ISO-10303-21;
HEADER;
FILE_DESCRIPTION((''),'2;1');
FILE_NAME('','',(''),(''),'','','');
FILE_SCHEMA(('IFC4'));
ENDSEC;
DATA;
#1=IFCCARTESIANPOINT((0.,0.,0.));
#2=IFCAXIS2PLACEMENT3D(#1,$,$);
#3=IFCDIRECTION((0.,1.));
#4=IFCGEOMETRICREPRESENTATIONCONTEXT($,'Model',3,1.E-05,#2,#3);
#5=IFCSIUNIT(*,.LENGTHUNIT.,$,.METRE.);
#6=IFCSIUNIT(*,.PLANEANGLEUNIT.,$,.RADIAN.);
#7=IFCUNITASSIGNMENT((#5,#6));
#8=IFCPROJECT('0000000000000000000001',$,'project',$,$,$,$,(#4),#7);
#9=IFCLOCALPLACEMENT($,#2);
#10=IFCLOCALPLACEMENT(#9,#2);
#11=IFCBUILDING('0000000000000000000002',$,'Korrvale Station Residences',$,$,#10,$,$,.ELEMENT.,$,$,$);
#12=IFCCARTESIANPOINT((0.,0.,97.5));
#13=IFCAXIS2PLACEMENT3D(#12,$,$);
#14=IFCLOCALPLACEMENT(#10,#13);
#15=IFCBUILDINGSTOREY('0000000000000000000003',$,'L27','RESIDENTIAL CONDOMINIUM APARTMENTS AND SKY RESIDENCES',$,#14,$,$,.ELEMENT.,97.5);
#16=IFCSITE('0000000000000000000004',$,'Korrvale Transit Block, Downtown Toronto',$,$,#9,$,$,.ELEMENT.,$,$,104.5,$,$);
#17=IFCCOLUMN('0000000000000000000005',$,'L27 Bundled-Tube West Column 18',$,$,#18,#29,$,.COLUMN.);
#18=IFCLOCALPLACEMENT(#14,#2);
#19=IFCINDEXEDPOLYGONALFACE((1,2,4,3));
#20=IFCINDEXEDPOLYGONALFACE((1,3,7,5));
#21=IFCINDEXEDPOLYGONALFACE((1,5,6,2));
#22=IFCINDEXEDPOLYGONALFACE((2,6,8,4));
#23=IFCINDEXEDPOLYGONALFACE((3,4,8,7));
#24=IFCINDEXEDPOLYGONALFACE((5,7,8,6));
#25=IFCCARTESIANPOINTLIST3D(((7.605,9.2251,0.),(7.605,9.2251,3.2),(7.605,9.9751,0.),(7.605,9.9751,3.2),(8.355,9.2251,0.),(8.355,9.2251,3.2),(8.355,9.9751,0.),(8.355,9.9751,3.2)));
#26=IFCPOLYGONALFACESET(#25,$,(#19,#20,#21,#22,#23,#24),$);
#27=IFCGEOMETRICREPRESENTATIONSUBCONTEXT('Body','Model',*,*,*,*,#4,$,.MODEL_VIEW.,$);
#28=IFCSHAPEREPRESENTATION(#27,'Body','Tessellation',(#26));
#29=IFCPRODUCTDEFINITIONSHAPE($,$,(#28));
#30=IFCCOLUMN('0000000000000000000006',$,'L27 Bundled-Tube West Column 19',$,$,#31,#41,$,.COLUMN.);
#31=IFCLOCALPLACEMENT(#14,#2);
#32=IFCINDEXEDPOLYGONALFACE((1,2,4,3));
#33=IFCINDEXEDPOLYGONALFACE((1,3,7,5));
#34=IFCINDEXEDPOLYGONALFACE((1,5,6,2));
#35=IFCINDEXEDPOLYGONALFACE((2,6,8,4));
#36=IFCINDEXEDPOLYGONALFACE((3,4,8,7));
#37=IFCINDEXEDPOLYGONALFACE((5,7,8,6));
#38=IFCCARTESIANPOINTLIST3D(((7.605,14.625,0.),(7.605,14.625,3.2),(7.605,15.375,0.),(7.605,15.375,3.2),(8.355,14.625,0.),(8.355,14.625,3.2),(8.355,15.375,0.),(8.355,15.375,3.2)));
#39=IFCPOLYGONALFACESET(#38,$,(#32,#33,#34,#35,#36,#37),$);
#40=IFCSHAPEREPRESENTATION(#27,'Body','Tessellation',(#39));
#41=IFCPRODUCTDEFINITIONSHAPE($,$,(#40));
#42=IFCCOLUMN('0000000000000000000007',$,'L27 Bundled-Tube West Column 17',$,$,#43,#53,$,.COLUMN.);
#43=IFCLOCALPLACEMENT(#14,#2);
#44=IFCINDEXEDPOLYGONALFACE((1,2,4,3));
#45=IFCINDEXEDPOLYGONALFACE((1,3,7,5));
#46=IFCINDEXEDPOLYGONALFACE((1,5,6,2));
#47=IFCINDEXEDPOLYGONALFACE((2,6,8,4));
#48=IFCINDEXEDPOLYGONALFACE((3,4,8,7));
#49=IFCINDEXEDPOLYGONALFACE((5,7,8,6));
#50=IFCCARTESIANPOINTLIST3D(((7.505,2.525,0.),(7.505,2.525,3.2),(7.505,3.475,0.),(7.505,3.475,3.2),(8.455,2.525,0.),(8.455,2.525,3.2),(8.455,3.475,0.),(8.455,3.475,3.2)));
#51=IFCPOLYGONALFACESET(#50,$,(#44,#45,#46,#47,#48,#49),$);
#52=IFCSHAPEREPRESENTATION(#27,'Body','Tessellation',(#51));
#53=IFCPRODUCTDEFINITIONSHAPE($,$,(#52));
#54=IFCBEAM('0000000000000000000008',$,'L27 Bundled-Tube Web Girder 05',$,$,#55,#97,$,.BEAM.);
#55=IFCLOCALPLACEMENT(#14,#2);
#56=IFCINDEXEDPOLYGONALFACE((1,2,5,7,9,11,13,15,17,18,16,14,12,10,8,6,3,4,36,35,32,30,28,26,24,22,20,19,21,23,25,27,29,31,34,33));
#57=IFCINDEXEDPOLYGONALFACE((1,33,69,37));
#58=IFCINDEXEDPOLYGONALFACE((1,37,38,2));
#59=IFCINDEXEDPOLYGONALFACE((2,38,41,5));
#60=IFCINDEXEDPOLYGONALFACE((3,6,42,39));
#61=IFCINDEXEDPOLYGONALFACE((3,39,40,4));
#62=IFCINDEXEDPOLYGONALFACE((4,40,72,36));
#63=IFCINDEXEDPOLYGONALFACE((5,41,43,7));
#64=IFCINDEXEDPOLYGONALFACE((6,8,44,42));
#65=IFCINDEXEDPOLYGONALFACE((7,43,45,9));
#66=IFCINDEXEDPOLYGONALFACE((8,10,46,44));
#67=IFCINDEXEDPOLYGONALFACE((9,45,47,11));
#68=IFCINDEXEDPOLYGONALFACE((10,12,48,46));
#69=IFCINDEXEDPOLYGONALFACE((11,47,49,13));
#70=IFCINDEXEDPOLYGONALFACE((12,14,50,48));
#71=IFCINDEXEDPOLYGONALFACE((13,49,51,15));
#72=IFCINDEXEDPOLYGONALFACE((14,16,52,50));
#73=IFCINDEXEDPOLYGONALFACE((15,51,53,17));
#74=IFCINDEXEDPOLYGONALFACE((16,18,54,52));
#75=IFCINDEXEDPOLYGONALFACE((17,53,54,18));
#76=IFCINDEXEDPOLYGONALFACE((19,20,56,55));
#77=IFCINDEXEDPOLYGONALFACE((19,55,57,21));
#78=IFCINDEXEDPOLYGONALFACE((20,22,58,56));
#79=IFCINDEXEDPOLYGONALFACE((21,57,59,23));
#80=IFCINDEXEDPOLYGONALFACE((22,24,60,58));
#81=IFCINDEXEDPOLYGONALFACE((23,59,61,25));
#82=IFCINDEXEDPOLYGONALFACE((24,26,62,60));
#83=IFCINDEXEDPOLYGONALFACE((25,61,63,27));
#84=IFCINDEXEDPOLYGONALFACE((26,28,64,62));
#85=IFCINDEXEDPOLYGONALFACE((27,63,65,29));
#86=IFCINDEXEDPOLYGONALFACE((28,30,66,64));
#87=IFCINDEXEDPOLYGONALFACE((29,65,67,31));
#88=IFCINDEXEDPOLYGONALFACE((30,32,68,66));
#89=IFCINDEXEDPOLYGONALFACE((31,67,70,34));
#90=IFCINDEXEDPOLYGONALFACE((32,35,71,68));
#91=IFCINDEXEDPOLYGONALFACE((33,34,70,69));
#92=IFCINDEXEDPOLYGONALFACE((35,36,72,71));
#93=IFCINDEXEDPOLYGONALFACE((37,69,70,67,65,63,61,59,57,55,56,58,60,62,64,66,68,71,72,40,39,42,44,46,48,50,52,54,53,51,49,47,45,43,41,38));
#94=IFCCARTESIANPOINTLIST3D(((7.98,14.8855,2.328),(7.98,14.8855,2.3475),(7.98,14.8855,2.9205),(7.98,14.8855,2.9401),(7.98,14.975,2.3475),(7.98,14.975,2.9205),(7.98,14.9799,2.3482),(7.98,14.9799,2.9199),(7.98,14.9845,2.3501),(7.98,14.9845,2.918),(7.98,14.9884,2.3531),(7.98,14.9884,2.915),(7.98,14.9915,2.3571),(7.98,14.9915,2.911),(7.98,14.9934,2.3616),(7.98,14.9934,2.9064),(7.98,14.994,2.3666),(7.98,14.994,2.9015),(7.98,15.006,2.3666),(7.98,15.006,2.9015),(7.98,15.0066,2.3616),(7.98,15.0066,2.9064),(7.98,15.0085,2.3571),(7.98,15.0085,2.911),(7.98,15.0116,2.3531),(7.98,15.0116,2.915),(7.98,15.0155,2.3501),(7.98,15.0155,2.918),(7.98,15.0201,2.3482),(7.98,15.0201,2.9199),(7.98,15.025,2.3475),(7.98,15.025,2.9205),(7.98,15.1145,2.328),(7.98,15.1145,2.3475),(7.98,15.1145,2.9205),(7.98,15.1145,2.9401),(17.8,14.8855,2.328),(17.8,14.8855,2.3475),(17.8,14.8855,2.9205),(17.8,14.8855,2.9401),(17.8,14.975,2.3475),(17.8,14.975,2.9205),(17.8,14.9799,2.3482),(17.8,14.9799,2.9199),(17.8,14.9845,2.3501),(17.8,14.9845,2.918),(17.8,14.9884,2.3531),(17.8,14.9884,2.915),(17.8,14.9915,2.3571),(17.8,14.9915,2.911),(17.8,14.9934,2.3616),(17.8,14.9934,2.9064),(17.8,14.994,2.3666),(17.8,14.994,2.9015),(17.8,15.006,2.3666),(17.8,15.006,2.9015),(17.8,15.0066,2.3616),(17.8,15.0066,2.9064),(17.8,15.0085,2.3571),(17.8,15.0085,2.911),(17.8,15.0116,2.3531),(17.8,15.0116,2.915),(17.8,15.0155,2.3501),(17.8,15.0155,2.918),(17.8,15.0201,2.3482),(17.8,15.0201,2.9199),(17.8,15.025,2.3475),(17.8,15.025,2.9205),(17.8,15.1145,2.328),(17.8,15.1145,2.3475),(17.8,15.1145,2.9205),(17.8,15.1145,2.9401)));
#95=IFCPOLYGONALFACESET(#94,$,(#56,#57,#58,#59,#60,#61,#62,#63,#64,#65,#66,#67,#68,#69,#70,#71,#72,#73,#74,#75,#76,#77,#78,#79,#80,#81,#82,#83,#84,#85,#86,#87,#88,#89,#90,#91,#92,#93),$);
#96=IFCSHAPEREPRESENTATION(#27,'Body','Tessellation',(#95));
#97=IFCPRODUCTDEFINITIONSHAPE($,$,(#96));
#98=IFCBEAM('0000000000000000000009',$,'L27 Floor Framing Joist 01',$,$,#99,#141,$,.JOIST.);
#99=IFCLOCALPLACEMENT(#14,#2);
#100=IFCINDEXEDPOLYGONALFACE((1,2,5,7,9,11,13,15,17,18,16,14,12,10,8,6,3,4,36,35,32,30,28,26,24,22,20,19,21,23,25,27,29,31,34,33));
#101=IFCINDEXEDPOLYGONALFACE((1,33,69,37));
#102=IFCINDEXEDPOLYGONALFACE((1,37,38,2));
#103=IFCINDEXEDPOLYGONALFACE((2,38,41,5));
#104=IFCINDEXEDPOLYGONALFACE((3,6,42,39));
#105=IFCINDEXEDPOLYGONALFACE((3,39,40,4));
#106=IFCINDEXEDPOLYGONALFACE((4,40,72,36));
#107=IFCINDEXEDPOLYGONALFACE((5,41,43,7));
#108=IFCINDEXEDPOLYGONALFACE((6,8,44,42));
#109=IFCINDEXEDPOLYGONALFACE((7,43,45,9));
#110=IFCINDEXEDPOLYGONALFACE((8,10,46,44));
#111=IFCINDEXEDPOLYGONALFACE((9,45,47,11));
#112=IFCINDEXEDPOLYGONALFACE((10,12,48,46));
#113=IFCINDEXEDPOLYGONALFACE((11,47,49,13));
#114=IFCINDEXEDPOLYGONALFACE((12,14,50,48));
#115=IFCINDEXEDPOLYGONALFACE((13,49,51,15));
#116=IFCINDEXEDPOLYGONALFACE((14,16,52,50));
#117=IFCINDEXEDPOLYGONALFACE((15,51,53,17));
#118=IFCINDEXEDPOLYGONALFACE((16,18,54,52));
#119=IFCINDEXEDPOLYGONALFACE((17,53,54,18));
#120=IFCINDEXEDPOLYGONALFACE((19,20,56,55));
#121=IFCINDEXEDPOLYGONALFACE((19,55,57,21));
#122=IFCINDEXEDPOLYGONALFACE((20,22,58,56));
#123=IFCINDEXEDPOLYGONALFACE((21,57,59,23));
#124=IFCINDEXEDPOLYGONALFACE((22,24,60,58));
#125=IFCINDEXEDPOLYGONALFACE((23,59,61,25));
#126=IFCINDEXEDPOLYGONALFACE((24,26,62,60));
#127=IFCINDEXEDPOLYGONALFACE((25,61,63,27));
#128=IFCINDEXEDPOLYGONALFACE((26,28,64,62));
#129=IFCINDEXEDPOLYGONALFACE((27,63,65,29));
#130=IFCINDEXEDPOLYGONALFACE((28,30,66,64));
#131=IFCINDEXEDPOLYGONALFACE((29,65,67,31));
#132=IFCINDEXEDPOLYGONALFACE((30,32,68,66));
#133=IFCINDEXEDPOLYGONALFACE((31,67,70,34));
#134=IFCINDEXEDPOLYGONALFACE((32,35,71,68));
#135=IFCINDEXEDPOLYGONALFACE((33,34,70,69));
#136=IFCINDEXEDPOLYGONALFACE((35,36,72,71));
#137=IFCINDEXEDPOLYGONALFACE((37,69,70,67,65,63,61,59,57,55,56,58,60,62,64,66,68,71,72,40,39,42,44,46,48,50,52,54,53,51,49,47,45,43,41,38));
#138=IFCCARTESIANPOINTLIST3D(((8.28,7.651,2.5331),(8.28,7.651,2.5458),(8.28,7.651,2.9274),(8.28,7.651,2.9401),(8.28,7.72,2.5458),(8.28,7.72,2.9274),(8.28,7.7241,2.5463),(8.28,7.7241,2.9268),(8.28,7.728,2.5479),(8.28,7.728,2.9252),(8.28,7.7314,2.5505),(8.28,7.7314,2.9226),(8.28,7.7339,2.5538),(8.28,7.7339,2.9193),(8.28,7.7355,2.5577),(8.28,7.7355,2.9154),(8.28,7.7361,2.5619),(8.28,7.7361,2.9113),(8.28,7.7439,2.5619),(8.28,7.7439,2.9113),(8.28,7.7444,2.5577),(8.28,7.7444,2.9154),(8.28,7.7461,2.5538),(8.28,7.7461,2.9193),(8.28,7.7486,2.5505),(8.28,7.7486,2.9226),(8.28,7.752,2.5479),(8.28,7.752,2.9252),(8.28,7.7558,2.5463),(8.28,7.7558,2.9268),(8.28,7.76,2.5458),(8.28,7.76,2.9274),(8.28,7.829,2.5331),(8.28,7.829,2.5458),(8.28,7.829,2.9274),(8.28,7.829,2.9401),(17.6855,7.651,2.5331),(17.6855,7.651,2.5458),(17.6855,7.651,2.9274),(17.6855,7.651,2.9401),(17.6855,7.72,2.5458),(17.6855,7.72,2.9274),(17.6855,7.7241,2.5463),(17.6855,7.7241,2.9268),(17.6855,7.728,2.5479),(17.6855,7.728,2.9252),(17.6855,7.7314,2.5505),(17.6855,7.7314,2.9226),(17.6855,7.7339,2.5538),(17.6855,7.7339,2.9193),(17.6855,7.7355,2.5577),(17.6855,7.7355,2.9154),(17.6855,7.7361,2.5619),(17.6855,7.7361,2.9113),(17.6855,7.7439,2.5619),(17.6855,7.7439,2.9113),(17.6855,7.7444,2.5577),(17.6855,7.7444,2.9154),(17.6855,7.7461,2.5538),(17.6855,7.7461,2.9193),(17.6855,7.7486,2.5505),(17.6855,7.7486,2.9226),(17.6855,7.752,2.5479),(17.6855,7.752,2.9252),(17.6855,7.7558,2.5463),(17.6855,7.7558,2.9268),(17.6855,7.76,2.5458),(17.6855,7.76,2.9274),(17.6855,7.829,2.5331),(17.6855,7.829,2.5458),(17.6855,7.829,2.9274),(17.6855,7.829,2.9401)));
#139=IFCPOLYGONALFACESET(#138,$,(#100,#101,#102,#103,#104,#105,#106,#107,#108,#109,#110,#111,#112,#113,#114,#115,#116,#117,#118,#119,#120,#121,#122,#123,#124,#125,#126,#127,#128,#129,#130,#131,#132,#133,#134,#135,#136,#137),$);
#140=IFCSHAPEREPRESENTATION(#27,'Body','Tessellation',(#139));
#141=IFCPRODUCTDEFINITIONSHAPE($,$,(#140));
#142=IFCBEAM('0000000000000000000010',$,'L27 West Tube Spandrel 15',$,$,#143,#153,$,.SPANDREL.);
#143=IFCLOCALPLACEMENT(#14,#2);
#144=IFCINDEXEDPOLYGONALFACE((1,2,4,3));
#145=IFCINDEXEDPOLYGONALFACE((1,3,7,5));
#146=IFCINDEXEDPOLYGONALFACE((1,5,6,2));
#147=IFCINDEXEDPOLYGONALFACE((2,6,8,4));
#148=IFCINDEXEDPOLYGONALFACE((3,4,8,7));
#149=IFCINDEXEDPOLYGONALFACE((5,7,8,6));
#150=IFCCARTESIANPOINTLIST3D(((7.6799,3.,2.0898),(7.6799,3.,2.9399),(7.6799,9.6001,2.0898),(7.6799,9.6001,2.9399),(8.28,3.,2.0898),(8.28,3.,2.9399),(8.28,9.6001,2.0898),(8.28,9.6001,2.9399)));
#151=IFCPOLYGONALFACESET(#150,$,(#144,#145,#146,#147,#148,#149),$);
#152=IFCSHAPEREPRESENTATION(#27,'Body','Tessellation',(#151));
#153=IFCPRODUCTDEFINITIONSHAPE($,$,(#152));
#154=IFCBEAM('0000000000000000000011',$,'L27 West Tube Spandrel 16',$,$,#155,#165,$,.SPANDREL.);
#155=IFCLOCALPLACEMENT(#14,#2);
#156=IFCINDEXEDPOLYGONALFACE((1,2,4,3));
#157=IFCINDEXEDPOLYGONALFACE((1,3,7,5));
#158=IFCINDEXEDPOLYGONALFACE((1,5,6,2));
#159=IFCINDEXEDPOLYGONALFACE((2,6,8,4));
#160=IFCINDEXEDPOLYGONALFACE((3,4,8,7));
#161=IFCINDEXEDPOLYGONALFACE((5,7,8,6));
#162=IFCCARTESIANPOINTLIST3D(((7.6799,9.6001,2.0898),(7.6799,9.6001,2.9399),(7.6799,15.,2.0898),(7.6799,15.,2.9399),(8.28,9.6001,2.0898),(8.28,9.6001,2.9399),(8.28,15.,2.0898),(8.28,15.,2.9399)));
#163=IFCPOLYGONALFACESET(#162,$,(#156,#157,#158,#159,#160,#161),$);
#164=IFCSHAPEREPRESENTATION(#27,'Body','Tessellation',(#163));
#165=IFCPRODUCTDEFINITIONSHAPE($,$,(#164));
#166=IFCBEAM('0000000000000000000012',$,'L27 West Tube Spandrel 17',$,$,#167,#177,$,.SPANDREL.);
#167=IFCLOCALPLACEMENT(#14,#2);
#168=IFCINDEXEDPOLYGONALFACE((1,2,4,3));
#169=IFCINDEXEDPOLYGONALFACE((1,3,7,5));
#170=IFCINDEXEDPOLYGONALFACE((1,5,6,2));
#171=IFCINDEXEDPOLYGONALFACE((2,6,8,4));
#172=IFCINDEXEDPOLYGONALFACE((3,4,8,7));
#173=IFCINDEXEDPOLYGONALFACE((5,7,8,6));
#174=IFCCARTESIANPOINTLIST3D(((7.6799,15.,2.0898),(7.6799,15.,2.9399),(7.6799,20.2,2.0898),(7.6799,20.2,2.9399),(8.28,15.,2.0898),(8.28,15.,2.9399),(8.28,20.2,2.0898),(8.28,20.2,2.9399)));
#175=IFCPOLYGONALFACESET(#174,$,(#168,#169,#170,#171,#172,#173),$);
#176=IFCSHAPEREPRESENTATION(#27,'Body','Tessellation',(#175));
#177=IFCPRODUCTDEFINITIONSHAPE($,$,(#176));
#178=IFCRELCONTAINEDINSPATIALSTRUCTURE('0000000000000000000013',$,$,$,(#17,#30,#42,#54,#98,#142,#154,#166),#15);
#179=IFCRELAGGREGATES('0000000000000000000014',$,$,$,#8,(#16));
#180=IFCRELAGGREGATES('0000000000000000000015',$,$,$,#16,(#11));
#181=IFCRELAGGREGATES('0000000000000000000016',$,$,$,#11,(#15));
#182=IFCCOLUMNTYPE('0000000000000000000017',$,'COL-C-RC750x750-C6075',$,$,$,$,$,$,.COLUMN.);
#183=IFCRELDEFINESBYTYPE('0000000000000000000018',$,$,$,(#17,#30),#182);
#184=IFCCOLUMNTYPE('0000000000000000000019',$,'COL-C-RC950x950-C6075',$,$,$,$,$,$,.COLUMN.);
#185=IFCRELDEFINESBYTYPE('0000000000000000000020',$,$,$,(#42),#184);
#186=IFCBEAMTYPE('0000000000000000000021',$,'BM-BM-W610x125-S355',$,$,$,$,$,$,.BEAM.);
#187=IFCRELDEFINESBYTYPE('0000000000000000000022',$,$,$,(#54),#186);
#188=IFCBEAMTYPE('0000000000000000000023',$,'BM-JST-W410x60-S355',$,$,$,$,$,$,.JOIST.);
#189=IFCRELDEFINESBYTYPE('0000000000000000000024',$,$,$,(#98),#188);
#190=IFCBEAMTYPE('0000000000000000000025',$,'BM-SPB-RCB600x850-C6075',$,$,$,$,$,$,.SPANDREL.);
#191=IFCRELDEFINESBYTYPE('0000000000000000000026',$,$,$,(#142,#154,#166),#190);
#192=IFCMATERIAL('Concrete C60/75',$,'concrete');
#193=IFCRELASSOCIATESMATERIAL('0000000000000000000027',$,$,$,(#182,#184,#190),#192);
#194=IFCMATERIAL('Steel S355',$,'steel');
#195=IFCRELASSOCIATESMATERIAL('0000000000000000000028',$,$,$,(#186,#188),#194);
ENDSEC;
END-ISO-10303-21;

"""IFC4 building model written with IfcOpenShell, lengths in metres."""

from ifc_helpers import new_model, si_unit, direction, frame, origin, origin_2d, place, context, subcontext, project, spatial, rectangle, i_section, extrude, material, material_profile, profile_set, type_object, element, save


model = new_model("IFC4")

# Units and contexts
model_context = context("Model", 3, precision=1e-05, world=origin(), true_north=direction((0.0, 1.0)))
body_context = subcontext(model_context, "Body", "Model", "MODEL_VIEW")
ifc_project = project(units=[si_unit("LENGTHUNIT", "METRE"), si_unit("PLANEANGLEUNIT", "RADIAN")], contexts=[model_context])

# Site, building, storey
site_placement = place(None, origin())
site = spatial("IfcSite", under=ifc_project, at=site_placement, Name="Korrvale Transit Block, Downtown Toronto", CompositionType="ELEMENT", RefElevation=104.5)
building_placement = place(site_placement, origin())
building = spatial("IfcBuilding", under=site, at=building_placement, Name="Korrvale Station Residences", CompositionType="ELEMENT")
storey_placement = place(building_placement, frame((0.0, 0.0, 97.5)))
storey = spatial("IfcBuildingStorey", under=building, at=storey_placement, Name="L27", Description="RESIDENTIAL CONDOMINIUM APARTMENTS AND SKY RESIDENCES", CompositionType="ELEMENT", Elevation=97.5)

# Columns
ifc_material_1 = material(Name="Concrete C60/75", Category="concrete")
ifc_material_profile_1 = material_profile(ifc_material_1, rectangle(XDim=0.75, YDim=0.75, at=origin_2d()), Name="RC750x750")
ifc_profile_set_1 = profile_set([ifc_material_profile_1], Name="Concrete C60/75")
column_type_1 = type_object("IfcColumnType", Name="COL-C-RC750x750-C6075", PredefinedType="COLUMN", material=ifc_profile_set_1)
for number, where, z_axis, x_axis, name in (
    (1, (7.98, 9.6001, 0.0), (0.0, 0.0, 1.0), (1.0, 0.0, 0.0), "L27 Bundled-Tube West Column 18"),
    (2, (7.98, 15.0, 0.0), (0.0, 0.0, 1.0), (1.0, 0.0, 0.0), "L27 Bundled-Tube West Column 19"),
):
    element("IfcColumn", number, at=place(storey_placement, frame(where, z_axis=z_axis, x_axis=x_axis)), inside=storey, type_object=column_type_1, Name=name, PredefinedType="COLUMN", context=body_context, shape_type="SweptSolid", body=[
        extrude(rectangle(XDim=0.75, YDim=0.75, at=origin_2d()), origin(), (0.0, 0.0, 1.0), 3.2),
    ])
ifc_material_profile_2 = material_profile(ifc_material_1, rectangle(XDim=0.95, YDim=0.95, at=origin_2d()), Name="RC950x950")
ifc_profile_set_2 = profile_set([ifc_material_profile_2], Name="Concrete C60/75")
column_type_2 = type_object("IfcColumnType", Name="COL-C-RC950x950-C6075", PredefinedType="COLUMN", material=ifc_profile_set_2)
column_placement = place(storey_placement, frame((7.98, 3.0, 0.0), z_axis=(0.0, 0.0, 1.0), x_axis=(1.0, 0.0, 0.0)))
element("IfcColumn", 3, at=column_placement, inside=storey, type_object=column_type_2, Name="L27 Bundled-Tube West Column 17", PredefinedType="COLUMN", context=body_context, shape_type="SweptSolid", body=[
    extrude(rectangle(XDim=0.95, YDim=0.95, at=origin_2d()), origin(), (0.0, 0.0, 1.0), 3.2),
])

# Beams
ifc_material_2 = material(Name="Steel S355", Category="steel")
ifc_material_profile_3 = material_profile(ifc_material_2, i_section(OverallWidth=0.229, OverallDepth=0.6121, WebThickness=0.012, FlangeThickness=0.0195, FilletRadius=0.019, at=origin_2d()), Name="W610x125")
ifc_profile_set_3 = profile_set([ifc_material_profile_3], Name="Steel S355")
beam_type_1 = type_object("IfcBeamType", Name="BM-BM-W610x125-S355", PredefinedType="BEAM", material=ifc_profile_set_3)
beam_1_placement = place(storey_placement, frame((7.98, 15.0, 2.634), z_axis=(1.0, 0.0, 0.0), x_axis=(0.0, 1.0, 0.0)))
element("IfcBeam", 4, at=beam_1_placement, inside=storey, type_object=beam_type_1, Name="L27 Bundled-Tube Web Girder 05", PredefinedType="BEAM", context=body_context, shape_type="SweptSolid", body=[
    extrude(i_section(OverallWidth=0.229, OverallDepth=0.6121, WebThickness=0.012, FlangeThickness=0.0195, FilletRadius=0.019, at=origin_2d()), origin(), (0.0, 0.0, 1.0), 9.8201),
])
ifc_material_profile_4 = material_profile(ifc_material_2, i_section(OverallWidth=0.178, OverallDepth=0.407, WebThickness=0.0078, FlangeThickness=0.0127, FilletRadius=0.0161, at=origin_2d()), Name="W410x60")
ifc_profile_set_4 = profile_set([ifc_material_profile_4], Name="Steel S355")
beam_type_2 = type_object("IfcBeamType", Name="BM-JST-W410x60-S355", PredefinedType="JOIST", material=ifc_profile_set_4)
beam_2_placement = place(storey_placement, frame((8.28, 7.74, 2.7366), z_axis=(1.0, 0.0, 0.0), x_axis=(0.0, 1.0, 0.0)))
element("IfcBeam", 5, at=beam_2_placement, inside=storey, type_object=beam_type_2, Name="L27 Floor Framing Joist 01", PredefinedType="JOIST", context=body_context, shape_type="SweptSolid", body=[
    extrude(i_section(OverallWidth=0.178, OverallDepth=0.407, WebThickness=0.0078, FlangeThickness=0.0127, FilletRadius=0.0161, at=origin_2d()), origin(), (0.0, 0.0, 1.0), 9.4055),
])
ifc_material_profile_5 = material_profile(ifc_material_1, rectangle(XDim=0.6001, YDim=0.8501, at=origin_2d()), Name="RCB600x850")
ifc_profile_set_5 = profile_set([ifc_material_profile_5], Name="Concrete C60/75")
beam_type_3 = type_object("IfcBeamType", Name="BM-SPB-RCB600x850-C6075", PredefinedType="SPANDREL", material=ifc_profile_set_5)
beam_3_placement = place(storey_placement, frame((7.98, 3.0, 2.5149), z_axis=(0.0, 1.0, 0.0), x_axis=(-1.0, 0.0, 0.0)))
element("IfcBeam", 6, at=beam_3_placement, inside=storey, type_object=beam_type_3, Name="L27 West Tube Spandrel 15", PredefinedType="SPANDREL", context=body_context, shape_type="SweptSolid", body=[
    extrude(rectangle(XDim=0.6001, YDim=0.8501, at=origin_2d()), origin(), (0.0, 0.0, 1.0), 6.6001),
])
beam_4_placement = place(storey_placement, frame((7.98, 9.6001, 2.5149), z_axis=(0.0, 1.0, 0.0), x_axis=(-1.0, 0.0, 0.0)))
element("IfcBeam", 7, at=beam_4_placement, inside=storey, type_object=beam_type_3, Name="L27 West Tube Spandrel 16", PredefinedType="SPANDREL", context=body_context, shape_type="SweptSolid", body=[
    extrude(rectangle(XDim=0.6001, YDim=0.8501, at=origin_2d()), origin(), (0.0, 0.0, 1.0), 5.3999),
])
beam_5_placement = place(storey_placement, frame((7.98, 15.0, 2.5149), z_axis=(0.0, 1.0, 0.0), x_axis=(-1.0, 0.0, 0.0)))
element("IfcBeam", 8, at=beam_5_placement, inside=storey, type_object=beam_type_3, Name="L27 West Tube Spandrel 17", PredefinedType="SPANDREL", context=body_context, shape_type="SweptSolid", body=[
    extrude(rectangle(XDim=0.6001, YDim=0.8501, at=origin_2d()), origin(), (0.0, 0.0, 1.0), 5.2),
])

save(model, "model.ifc")
